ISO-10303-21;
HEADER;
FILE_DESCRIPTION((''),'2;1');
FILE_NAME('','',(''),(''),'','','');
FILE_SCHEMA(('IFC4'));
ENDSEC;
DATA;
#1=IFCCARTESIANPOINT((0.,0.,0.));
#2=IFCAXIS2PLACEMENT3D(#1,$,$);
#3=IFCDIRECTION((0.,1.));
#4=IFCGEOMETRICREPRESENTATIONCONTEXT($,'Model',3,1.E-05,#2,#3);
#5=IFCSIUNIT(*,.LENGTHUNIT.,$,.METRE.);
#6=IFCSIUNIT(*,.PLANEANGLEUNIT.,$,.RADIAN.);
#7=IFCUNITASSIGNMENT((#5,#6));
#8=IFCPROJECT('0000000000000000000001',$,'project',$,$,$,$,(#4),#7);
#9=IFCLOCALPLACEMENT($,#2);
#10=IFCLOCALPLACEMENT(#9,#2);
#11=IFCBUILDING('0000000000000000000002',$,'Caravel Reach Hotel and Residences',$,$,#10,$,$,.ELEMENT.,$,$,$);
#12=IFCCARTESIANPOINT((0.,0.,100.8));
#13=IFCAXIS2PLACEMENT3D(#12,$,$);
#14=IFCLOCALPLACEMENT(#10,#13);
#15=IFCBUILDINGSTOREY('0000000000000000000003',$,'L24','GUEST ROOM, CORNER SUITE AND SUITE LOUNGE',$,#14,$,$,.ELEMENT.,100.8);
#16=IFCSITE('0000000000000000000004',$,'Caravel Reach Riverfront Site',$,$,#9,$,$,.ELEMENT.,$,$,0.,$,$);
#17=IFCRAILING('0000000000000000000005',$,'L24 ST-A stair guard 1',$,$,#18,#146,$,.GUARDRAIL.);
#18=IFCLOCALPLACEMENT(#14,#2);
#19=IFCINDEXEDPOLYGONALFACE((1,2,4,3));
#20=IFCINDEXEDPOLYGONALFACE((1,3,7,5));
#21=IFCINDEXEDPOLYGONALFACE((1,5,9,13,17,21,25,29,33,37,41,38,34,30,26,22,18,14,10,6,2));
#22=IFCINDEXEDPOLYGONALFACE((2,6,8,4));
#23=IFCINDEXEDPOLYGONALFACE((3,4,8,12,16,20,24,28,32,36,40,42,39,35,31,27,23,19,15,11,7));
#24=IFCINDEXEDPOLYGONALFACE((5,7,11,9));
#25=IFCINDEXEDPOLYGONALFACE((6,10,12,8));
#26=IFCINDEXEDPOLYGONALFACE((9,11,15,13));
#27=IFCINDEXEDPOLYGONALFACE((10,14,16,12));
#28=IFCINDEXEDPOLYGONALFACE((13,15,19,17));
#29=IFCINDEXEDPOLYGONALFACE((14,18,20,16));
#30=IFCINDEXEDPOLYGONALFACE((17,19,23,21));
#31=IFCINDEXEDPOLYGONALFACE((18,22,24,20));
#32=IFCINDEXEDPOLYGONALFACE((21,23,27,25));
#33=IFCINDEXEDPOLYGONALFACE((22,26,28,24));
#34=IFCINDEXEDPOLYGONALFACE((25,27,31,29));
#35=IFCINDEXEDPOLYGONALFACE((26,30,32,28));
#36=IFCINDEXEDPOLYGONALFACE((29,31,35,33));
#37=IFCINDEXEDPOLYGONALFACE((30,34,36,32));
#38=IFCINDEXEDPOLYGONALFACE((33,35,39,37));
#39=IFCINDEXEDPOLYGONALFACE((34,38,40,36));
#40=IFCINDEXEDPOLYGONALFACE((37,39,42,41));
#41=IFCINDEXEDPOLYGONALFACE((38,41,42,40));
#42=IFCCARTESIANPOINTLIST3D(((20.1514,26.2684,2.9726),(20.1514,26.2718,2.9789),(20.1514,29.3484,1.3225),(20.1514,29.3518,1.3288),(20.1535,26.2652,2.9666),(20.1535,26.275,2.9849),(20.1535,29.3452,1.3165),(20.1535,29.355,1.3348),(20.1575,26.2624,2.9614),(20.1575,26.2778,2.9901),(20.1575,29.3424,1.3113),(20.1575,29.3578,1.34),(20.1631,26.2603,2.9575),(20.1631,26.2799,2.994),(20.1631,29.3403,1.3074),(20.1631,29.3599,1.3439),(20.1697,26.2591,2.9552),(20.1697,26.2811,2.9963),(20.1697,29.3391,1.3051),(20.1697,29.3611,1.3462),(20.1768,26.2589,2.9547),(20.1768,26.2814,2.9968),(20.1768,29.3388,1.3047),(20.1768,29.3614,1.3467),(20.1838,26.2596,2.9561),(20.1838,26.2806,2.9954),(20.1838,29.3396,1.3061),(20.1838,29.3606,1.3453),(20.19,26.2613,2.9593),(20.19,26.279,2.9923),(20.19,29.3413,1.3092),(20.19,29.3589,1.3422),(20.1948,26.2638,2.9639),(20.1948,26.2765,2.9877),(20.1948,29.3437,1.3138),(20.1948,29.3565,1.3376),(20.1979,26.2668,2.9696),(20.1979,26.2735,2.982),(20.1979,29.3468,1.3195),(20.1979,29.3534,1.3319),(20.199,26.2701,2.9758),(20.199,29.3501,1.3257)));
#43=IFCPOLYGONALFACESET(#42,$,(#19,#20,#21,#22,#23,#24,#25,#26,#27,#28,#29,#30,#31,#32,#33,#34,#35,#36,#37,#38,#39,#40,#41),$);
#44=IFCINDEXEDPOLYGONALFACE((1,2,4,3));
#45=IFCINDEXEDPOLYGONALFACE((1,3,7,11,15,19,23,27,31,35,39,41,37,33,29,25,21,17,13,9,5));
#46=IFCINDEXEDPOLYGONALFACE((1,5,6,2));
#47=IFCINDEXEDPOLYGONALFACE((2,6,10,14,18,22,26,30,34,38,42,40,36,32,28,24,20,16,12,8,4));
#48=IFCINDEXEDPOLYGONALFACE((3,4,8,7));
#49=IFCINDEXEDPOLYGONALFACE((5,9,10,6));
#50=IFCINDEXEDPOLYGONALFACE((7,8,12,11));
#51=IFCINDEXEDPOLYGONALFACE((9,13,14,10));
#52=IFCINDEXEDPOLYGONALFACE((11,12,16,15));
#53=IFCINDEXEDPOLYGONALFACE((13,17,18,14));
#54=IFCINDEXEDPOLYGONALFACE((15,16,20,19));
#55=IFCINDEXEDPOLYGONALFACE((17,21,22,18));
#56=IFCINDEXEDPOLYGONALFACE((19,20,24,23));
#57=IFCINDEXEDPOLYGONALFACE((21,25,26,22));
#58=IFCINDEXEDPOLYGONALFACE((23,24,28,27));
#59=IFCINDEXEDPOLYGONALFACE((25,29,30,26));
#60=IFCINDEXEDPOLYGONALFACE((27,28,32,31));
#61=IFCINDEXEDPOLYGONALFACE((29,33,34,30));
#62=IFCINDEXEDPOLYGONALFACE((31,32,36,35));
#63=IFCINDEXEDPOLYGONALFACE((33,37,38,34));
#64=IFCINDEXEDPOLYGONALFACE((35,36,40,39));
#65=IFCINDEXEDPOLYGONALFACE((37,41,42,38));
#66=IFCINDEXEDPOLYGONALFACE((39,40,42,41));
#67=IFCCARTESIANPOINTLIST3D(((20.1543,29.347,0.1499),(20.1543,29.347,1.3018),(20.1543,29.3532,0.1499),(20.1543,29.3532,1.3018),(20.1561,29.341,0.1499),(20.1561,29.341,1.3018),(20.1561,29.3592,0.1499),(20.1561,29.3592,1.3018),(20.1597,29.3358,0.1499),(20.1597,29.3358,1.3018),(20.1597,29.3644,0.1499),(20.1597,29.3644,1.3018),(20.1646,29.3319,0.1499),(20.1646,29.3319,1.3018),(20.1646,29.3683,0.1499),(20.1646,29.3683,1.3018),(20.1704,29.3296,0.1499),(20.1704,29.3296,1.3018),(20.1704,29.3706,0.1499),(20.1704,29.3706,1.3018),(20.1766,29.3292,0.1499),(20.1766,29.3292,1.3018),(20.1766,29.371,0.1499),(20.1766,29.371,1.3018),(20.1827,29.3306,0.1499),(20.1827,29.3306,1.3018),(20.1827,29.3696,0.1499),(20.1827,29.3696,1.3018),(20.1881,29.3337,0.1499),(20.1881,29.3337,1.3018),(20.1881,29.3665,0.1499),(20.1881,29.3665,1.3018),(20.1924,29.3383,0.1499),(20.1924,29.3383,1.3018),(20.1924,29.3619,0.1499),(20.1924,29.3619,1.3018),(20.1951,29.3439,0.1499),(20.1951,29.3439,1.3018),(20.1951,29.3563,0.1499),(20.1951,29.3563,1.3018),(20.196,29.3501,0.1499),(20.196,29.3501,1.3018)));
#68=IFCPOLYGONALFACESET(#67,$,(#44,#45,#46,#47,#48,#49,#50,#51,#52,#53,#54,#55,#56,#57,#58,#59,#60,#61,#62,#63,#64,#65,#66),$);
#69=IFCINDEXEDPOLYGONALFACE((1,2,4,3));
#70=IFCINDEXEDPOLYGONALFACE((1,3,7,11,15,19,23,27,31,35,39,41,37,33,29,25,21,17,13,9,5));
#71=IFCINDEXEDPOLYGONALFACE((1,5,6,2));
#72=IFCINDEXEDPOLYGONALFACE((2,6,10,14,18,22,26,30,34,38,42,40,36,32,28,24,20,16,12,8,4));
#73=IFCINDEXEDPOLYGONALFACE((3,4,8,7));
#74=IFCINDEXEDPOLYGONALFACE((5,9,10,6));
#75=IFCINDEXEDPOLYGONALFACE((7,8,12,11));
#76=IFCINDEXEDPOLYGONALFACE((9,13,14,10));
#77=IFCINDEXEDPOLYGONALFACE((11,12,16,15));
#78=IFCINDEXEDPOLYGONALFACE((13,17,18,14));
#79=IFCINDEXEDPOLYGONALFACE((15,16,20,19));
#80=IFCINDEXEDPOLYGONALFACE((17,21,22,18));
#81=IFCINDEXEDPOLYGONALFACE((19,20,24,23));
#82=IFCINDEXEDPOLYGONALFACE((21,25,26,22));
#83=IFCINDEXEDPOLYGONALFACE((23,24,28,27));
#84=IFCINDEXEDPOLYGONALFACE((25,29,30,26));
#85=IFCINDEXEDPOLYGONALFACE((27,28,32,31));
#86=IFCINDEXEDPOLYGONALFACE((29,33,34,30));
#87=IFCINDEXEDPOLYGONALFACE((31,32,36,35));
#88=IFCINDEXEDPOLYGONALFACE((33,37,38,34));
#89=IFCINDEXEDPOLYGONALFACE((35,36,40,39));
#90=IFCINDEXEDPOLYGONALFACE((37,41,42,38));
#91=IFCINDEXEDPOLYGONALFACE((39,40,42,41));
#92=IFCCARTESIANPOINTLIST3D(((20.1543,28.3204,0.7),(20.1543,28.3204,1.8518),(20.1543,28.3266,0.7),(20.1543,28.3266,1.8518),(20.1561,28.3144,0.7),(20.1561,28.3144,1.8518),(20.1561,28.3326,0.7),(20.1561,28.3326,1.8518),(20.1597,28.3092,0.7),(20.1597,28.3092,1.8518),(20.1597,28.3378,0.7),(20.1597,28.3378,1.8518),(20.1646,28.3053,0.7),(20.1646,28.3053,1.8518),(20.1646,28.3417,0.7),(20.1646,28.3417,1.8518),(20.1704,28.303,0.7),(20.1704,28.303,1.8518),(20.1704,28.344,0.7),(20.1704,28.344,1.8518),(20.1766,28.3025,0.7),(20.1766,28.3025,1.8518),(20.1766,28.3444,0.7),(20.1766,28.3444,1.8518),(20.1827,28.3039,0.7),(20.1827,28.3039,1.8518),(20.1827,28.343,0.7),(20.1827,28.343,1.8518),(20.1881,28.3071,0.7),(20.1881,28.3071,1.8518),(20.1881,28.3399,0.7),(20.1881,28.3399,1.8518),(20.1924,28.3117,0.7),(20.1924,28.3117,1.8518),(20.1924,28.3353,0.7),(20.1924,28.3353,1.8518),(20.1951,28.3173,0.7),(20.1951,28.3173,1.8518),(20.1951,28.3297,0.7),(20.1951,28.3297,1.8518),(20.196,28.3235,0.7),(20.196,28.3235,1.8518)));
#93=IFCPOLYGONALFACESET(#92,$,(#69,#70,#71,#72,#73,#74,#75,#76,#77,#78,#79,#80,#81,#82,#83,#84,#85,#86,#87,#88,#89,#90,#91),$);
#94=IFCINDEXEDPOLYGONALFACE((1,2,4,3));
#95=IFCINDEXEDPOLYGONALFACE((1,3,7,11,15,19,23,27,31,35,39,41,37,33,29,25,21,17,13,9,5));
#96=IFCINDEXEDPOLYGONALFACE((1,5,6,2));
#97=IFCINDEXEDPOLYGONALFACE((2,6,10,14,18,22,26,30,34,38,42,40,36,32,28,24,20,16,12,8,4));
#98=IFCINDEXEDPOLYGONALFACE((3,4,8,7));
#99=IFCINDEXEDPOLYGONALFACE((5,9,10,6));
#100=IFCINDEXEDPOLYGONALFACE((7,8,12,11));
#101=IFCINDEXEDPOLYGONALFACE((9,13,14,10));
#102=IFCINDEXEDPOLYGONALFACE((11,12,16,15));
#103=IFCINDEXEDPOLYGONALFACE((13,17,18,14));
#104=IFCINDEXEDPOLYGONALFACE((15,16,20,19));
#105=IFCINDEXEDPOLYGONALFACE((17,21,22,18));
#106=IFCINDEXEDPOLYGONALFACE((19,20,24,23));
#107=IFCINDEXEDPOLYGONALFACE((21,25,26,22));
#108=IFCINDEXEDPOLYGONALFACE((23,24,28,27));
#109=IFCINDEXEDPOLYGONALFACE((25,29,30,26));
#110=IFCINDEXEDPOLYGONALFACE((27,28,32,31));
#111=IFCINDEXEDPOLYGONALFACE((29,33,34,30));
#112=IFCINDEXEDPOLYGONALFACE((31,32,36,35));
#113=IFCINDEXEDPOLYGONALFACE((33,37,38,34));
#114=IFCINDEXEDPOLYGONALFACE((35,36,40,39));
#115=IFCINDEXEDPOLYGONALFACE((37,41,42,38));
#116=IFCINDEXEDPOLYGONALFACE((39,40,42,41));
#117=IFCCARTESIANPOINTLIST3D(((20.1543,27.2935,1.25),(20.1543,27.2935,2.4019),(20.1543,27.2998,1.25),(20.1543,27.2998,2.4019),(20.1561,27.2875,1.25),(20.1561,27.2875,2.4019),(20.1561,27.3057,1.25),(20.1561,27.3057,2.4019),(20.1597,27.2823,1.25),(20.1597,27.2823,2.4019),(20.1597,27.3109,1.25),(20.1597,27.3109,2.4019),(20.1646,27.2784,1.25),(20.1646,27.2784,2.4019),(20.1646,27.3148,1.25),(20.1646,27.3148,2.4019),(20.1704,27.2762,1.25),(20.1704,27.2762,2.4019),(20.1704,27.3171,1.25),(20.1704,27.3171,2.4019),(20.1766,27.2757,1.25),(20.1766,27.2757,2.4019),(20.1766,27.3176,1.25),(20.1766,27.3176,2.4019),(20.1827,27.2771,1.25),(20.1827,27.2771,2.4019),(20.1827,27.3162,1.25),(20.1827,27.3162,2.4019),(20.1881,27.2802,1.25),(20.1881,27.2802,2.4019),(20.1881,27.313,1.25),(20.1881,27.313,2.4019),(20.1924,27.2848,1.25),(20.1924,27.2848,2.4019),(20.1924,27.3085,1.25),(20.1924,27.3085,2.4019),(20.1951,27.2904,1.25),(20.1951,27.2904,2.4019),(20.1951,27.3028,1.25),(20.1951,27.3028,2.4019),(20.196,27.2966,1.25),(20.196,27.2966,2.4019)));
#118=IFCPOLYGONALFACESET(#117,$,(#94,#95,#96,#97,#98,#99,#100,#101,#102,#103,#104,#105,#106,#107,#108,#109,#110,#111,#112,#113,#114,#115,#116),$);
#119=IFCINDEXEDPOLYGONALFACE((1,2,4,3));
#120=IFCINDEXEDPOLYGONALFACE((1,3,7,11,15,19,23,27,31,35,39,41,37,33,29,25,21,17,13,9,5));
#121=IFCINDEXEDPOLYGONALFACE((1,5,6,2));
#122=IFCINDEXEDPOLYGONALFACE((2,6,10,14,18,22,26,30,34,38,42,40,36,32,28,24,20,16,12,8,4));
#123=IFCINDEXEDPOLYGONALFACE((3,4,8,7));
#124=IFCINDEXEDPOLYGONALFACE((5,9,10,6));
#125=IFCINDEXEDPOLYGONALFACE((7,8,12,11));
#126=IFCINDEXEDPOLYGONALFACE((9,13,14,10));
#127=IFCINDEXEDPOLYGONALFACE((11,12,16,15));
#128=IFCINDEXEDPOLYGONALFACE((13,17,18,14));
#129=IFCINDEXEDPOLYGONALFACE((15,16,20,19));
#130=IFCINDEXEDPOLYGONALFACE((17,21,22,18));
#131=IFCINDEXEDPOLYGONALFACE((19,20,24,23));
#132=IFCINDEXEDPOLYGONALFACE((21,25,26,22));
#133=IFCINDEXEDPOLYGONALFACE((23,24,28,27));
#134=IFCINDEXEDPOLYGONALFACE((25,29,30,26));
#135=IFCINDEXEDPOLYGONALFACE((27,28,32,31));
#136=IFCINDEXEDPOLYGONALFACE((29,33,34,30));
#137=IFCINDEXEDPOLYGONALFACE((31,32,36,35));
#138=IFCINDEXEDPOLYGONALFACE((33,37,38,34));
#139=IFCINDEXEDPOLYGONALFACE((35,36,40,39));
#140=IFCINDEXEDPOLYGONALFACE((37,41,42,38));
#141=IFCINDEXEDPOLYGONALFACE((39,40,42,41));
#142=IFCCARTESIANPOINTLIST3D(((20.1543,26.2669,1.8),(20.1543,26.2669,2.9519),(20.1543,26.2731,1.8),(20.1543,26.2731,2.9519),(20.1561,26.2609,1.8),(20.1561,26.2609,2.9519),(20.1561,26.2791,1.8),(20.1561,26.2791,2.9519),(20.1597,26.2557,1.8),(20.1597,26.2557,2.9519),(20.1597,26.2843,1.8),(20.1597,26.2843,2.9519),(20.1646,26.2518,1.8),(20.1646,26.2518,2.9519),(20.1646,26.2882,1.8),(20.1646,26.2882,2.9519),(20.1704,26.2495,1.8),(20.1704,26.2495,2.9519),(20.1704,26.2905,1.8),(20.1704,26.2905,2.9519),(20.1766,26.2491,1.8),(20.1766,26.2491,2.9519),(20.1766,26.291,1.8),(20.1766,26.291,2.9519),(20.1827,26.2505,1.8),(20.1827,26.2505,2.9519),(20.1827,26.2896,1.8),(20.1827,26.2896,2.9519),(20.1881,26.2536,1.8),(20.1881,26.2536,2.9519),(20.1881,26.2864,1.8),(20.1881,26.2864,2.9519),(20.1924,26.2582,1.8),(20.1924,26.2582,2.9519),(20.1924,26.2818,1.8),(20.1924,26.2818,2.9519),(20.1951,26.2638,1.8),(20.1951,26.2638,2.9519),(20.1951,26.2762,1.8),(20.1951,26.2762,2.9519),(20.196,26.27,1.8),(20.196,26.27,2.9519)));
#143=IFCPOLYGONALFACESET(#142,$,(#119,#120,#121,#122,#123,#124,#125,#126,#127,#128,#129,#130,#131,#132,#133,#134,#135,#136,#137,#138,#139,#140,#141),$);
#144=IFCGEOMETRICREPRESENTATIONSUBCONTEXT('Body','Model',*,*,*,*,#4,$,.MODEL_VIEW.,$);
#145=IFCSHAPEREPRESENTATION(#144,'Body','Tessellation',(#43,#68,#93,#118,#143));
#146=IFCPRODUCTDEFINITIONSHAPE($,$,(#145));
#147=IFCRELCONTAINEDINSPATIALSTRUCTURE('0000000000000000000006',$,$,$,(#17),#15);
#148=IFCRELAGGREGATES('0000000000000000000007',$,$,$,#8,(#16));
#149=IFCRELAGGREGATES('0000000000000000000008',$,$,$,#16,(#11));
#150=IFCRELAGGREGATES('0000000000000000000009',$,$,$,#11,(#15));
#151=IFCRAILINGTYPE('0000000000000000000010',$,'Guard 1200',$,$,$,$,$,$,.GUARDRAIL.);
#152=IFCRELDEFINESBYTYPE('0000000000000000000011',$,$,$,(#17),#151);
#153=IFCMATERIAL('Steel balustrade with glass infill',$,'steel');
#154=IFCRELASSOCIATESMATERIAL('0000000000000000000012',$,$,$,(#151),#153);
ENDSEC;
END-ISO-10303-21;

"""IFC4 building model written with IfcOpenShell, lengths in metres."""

from ifc_helpers import new_model, si_unit, direction, frame, origin, origin_2d, place, context, subcontext, project, spatial, circle, extrude, material, type_object, element, save


model = new_model("IFC4")

# Units and contexts
model_context = context("Model", 3, precision=1e-05, world=origin(), true_north=direction((0.0, 1.0)))
body_context = subcontext(model_context, "Body", "Model", "MODEL_VIEW")
ifc_project = project(units=[si_unit("LENGTHUNIT", "METRE"), si_unit("PLANEANGLEUNIT", "RADIAN")], contexts=[model_context])

# Site, building, storey
site_placement = place(None, origin())
site = spatial("IfcSite", under=ifc_project, at=site_placement, Name="Caravel Reach Riverfront Site", CompositionType="ELEMENT", RefElevation=0.0)
building_placement = place(site_placement, origin())
building = spatial("IfcBuilding", under=site, at=building_placement, Name="Caravel Reach Hotel and Residences", CompositionType="ELEMENT")
storey_placement = place(building_placement, frame((0.0, 0.0, 100.8)))
storey = spatial("IfcBuildingStorey", under=building, at=storey_placement, Name="L24", Description="GUEST ROOM, CORNER SUITE AND SUITE LOUNGE", CompositionType="ELEMENT", Elevation=100.8)

# Railing
ifc_material_1 = material(Name="Steel balustrade with glass infill", Category="steel")
railing_type_1 = type_object("IfcRailingType", Name="Guard 1200", PredefinedType="GUARDRAIL", material=ifc_material_1)
railing_1_placement = place(storey_placement, frame((20.175, 29.3501, 0.1499)))
element("IfcRailing", 1, at=railing_1_placement, inside=storey, type_object=railing_type_1, Name="L24 ST-A stair guard 1", PredefinedType="GUARDRAIL", context=body_context, shape_type="SweptSolid", body=[
    extrude(circle(Radius=0.0239, at=origin_2d()), frame((0.0, 0.0, 1.1758), z_axis=(0.0, -0.881468, 0.472245), x_axis=(1.0, 0.0, 0.0)), (0.0, 0.0, 1.0), 3.4941),
    extrude(circle(Radius=0.021, at=origin_2d()), origin(), (0.0, 0.0, 1.0), 1.1519),
    extrude(circle(Radius=0.021, at=origin_2d()), frame((0.0, -1.0266, 0.55)), (0.0, 0.0, 1.0), 1.1519),
    extrude(circle(Radius=0.021, at=origin_2d()), frame((0.0, -2.0535, 1.1001)), (0.0, 0.0, 1.0), 1.1519),
    extrude(circle(Radius=0.021, at=origin_2d()), frame((0.0, -3.0801, 1.6501)), (0.0, 0.0, 1.0), 1.1519),
])

save(model, "model.ifc")
